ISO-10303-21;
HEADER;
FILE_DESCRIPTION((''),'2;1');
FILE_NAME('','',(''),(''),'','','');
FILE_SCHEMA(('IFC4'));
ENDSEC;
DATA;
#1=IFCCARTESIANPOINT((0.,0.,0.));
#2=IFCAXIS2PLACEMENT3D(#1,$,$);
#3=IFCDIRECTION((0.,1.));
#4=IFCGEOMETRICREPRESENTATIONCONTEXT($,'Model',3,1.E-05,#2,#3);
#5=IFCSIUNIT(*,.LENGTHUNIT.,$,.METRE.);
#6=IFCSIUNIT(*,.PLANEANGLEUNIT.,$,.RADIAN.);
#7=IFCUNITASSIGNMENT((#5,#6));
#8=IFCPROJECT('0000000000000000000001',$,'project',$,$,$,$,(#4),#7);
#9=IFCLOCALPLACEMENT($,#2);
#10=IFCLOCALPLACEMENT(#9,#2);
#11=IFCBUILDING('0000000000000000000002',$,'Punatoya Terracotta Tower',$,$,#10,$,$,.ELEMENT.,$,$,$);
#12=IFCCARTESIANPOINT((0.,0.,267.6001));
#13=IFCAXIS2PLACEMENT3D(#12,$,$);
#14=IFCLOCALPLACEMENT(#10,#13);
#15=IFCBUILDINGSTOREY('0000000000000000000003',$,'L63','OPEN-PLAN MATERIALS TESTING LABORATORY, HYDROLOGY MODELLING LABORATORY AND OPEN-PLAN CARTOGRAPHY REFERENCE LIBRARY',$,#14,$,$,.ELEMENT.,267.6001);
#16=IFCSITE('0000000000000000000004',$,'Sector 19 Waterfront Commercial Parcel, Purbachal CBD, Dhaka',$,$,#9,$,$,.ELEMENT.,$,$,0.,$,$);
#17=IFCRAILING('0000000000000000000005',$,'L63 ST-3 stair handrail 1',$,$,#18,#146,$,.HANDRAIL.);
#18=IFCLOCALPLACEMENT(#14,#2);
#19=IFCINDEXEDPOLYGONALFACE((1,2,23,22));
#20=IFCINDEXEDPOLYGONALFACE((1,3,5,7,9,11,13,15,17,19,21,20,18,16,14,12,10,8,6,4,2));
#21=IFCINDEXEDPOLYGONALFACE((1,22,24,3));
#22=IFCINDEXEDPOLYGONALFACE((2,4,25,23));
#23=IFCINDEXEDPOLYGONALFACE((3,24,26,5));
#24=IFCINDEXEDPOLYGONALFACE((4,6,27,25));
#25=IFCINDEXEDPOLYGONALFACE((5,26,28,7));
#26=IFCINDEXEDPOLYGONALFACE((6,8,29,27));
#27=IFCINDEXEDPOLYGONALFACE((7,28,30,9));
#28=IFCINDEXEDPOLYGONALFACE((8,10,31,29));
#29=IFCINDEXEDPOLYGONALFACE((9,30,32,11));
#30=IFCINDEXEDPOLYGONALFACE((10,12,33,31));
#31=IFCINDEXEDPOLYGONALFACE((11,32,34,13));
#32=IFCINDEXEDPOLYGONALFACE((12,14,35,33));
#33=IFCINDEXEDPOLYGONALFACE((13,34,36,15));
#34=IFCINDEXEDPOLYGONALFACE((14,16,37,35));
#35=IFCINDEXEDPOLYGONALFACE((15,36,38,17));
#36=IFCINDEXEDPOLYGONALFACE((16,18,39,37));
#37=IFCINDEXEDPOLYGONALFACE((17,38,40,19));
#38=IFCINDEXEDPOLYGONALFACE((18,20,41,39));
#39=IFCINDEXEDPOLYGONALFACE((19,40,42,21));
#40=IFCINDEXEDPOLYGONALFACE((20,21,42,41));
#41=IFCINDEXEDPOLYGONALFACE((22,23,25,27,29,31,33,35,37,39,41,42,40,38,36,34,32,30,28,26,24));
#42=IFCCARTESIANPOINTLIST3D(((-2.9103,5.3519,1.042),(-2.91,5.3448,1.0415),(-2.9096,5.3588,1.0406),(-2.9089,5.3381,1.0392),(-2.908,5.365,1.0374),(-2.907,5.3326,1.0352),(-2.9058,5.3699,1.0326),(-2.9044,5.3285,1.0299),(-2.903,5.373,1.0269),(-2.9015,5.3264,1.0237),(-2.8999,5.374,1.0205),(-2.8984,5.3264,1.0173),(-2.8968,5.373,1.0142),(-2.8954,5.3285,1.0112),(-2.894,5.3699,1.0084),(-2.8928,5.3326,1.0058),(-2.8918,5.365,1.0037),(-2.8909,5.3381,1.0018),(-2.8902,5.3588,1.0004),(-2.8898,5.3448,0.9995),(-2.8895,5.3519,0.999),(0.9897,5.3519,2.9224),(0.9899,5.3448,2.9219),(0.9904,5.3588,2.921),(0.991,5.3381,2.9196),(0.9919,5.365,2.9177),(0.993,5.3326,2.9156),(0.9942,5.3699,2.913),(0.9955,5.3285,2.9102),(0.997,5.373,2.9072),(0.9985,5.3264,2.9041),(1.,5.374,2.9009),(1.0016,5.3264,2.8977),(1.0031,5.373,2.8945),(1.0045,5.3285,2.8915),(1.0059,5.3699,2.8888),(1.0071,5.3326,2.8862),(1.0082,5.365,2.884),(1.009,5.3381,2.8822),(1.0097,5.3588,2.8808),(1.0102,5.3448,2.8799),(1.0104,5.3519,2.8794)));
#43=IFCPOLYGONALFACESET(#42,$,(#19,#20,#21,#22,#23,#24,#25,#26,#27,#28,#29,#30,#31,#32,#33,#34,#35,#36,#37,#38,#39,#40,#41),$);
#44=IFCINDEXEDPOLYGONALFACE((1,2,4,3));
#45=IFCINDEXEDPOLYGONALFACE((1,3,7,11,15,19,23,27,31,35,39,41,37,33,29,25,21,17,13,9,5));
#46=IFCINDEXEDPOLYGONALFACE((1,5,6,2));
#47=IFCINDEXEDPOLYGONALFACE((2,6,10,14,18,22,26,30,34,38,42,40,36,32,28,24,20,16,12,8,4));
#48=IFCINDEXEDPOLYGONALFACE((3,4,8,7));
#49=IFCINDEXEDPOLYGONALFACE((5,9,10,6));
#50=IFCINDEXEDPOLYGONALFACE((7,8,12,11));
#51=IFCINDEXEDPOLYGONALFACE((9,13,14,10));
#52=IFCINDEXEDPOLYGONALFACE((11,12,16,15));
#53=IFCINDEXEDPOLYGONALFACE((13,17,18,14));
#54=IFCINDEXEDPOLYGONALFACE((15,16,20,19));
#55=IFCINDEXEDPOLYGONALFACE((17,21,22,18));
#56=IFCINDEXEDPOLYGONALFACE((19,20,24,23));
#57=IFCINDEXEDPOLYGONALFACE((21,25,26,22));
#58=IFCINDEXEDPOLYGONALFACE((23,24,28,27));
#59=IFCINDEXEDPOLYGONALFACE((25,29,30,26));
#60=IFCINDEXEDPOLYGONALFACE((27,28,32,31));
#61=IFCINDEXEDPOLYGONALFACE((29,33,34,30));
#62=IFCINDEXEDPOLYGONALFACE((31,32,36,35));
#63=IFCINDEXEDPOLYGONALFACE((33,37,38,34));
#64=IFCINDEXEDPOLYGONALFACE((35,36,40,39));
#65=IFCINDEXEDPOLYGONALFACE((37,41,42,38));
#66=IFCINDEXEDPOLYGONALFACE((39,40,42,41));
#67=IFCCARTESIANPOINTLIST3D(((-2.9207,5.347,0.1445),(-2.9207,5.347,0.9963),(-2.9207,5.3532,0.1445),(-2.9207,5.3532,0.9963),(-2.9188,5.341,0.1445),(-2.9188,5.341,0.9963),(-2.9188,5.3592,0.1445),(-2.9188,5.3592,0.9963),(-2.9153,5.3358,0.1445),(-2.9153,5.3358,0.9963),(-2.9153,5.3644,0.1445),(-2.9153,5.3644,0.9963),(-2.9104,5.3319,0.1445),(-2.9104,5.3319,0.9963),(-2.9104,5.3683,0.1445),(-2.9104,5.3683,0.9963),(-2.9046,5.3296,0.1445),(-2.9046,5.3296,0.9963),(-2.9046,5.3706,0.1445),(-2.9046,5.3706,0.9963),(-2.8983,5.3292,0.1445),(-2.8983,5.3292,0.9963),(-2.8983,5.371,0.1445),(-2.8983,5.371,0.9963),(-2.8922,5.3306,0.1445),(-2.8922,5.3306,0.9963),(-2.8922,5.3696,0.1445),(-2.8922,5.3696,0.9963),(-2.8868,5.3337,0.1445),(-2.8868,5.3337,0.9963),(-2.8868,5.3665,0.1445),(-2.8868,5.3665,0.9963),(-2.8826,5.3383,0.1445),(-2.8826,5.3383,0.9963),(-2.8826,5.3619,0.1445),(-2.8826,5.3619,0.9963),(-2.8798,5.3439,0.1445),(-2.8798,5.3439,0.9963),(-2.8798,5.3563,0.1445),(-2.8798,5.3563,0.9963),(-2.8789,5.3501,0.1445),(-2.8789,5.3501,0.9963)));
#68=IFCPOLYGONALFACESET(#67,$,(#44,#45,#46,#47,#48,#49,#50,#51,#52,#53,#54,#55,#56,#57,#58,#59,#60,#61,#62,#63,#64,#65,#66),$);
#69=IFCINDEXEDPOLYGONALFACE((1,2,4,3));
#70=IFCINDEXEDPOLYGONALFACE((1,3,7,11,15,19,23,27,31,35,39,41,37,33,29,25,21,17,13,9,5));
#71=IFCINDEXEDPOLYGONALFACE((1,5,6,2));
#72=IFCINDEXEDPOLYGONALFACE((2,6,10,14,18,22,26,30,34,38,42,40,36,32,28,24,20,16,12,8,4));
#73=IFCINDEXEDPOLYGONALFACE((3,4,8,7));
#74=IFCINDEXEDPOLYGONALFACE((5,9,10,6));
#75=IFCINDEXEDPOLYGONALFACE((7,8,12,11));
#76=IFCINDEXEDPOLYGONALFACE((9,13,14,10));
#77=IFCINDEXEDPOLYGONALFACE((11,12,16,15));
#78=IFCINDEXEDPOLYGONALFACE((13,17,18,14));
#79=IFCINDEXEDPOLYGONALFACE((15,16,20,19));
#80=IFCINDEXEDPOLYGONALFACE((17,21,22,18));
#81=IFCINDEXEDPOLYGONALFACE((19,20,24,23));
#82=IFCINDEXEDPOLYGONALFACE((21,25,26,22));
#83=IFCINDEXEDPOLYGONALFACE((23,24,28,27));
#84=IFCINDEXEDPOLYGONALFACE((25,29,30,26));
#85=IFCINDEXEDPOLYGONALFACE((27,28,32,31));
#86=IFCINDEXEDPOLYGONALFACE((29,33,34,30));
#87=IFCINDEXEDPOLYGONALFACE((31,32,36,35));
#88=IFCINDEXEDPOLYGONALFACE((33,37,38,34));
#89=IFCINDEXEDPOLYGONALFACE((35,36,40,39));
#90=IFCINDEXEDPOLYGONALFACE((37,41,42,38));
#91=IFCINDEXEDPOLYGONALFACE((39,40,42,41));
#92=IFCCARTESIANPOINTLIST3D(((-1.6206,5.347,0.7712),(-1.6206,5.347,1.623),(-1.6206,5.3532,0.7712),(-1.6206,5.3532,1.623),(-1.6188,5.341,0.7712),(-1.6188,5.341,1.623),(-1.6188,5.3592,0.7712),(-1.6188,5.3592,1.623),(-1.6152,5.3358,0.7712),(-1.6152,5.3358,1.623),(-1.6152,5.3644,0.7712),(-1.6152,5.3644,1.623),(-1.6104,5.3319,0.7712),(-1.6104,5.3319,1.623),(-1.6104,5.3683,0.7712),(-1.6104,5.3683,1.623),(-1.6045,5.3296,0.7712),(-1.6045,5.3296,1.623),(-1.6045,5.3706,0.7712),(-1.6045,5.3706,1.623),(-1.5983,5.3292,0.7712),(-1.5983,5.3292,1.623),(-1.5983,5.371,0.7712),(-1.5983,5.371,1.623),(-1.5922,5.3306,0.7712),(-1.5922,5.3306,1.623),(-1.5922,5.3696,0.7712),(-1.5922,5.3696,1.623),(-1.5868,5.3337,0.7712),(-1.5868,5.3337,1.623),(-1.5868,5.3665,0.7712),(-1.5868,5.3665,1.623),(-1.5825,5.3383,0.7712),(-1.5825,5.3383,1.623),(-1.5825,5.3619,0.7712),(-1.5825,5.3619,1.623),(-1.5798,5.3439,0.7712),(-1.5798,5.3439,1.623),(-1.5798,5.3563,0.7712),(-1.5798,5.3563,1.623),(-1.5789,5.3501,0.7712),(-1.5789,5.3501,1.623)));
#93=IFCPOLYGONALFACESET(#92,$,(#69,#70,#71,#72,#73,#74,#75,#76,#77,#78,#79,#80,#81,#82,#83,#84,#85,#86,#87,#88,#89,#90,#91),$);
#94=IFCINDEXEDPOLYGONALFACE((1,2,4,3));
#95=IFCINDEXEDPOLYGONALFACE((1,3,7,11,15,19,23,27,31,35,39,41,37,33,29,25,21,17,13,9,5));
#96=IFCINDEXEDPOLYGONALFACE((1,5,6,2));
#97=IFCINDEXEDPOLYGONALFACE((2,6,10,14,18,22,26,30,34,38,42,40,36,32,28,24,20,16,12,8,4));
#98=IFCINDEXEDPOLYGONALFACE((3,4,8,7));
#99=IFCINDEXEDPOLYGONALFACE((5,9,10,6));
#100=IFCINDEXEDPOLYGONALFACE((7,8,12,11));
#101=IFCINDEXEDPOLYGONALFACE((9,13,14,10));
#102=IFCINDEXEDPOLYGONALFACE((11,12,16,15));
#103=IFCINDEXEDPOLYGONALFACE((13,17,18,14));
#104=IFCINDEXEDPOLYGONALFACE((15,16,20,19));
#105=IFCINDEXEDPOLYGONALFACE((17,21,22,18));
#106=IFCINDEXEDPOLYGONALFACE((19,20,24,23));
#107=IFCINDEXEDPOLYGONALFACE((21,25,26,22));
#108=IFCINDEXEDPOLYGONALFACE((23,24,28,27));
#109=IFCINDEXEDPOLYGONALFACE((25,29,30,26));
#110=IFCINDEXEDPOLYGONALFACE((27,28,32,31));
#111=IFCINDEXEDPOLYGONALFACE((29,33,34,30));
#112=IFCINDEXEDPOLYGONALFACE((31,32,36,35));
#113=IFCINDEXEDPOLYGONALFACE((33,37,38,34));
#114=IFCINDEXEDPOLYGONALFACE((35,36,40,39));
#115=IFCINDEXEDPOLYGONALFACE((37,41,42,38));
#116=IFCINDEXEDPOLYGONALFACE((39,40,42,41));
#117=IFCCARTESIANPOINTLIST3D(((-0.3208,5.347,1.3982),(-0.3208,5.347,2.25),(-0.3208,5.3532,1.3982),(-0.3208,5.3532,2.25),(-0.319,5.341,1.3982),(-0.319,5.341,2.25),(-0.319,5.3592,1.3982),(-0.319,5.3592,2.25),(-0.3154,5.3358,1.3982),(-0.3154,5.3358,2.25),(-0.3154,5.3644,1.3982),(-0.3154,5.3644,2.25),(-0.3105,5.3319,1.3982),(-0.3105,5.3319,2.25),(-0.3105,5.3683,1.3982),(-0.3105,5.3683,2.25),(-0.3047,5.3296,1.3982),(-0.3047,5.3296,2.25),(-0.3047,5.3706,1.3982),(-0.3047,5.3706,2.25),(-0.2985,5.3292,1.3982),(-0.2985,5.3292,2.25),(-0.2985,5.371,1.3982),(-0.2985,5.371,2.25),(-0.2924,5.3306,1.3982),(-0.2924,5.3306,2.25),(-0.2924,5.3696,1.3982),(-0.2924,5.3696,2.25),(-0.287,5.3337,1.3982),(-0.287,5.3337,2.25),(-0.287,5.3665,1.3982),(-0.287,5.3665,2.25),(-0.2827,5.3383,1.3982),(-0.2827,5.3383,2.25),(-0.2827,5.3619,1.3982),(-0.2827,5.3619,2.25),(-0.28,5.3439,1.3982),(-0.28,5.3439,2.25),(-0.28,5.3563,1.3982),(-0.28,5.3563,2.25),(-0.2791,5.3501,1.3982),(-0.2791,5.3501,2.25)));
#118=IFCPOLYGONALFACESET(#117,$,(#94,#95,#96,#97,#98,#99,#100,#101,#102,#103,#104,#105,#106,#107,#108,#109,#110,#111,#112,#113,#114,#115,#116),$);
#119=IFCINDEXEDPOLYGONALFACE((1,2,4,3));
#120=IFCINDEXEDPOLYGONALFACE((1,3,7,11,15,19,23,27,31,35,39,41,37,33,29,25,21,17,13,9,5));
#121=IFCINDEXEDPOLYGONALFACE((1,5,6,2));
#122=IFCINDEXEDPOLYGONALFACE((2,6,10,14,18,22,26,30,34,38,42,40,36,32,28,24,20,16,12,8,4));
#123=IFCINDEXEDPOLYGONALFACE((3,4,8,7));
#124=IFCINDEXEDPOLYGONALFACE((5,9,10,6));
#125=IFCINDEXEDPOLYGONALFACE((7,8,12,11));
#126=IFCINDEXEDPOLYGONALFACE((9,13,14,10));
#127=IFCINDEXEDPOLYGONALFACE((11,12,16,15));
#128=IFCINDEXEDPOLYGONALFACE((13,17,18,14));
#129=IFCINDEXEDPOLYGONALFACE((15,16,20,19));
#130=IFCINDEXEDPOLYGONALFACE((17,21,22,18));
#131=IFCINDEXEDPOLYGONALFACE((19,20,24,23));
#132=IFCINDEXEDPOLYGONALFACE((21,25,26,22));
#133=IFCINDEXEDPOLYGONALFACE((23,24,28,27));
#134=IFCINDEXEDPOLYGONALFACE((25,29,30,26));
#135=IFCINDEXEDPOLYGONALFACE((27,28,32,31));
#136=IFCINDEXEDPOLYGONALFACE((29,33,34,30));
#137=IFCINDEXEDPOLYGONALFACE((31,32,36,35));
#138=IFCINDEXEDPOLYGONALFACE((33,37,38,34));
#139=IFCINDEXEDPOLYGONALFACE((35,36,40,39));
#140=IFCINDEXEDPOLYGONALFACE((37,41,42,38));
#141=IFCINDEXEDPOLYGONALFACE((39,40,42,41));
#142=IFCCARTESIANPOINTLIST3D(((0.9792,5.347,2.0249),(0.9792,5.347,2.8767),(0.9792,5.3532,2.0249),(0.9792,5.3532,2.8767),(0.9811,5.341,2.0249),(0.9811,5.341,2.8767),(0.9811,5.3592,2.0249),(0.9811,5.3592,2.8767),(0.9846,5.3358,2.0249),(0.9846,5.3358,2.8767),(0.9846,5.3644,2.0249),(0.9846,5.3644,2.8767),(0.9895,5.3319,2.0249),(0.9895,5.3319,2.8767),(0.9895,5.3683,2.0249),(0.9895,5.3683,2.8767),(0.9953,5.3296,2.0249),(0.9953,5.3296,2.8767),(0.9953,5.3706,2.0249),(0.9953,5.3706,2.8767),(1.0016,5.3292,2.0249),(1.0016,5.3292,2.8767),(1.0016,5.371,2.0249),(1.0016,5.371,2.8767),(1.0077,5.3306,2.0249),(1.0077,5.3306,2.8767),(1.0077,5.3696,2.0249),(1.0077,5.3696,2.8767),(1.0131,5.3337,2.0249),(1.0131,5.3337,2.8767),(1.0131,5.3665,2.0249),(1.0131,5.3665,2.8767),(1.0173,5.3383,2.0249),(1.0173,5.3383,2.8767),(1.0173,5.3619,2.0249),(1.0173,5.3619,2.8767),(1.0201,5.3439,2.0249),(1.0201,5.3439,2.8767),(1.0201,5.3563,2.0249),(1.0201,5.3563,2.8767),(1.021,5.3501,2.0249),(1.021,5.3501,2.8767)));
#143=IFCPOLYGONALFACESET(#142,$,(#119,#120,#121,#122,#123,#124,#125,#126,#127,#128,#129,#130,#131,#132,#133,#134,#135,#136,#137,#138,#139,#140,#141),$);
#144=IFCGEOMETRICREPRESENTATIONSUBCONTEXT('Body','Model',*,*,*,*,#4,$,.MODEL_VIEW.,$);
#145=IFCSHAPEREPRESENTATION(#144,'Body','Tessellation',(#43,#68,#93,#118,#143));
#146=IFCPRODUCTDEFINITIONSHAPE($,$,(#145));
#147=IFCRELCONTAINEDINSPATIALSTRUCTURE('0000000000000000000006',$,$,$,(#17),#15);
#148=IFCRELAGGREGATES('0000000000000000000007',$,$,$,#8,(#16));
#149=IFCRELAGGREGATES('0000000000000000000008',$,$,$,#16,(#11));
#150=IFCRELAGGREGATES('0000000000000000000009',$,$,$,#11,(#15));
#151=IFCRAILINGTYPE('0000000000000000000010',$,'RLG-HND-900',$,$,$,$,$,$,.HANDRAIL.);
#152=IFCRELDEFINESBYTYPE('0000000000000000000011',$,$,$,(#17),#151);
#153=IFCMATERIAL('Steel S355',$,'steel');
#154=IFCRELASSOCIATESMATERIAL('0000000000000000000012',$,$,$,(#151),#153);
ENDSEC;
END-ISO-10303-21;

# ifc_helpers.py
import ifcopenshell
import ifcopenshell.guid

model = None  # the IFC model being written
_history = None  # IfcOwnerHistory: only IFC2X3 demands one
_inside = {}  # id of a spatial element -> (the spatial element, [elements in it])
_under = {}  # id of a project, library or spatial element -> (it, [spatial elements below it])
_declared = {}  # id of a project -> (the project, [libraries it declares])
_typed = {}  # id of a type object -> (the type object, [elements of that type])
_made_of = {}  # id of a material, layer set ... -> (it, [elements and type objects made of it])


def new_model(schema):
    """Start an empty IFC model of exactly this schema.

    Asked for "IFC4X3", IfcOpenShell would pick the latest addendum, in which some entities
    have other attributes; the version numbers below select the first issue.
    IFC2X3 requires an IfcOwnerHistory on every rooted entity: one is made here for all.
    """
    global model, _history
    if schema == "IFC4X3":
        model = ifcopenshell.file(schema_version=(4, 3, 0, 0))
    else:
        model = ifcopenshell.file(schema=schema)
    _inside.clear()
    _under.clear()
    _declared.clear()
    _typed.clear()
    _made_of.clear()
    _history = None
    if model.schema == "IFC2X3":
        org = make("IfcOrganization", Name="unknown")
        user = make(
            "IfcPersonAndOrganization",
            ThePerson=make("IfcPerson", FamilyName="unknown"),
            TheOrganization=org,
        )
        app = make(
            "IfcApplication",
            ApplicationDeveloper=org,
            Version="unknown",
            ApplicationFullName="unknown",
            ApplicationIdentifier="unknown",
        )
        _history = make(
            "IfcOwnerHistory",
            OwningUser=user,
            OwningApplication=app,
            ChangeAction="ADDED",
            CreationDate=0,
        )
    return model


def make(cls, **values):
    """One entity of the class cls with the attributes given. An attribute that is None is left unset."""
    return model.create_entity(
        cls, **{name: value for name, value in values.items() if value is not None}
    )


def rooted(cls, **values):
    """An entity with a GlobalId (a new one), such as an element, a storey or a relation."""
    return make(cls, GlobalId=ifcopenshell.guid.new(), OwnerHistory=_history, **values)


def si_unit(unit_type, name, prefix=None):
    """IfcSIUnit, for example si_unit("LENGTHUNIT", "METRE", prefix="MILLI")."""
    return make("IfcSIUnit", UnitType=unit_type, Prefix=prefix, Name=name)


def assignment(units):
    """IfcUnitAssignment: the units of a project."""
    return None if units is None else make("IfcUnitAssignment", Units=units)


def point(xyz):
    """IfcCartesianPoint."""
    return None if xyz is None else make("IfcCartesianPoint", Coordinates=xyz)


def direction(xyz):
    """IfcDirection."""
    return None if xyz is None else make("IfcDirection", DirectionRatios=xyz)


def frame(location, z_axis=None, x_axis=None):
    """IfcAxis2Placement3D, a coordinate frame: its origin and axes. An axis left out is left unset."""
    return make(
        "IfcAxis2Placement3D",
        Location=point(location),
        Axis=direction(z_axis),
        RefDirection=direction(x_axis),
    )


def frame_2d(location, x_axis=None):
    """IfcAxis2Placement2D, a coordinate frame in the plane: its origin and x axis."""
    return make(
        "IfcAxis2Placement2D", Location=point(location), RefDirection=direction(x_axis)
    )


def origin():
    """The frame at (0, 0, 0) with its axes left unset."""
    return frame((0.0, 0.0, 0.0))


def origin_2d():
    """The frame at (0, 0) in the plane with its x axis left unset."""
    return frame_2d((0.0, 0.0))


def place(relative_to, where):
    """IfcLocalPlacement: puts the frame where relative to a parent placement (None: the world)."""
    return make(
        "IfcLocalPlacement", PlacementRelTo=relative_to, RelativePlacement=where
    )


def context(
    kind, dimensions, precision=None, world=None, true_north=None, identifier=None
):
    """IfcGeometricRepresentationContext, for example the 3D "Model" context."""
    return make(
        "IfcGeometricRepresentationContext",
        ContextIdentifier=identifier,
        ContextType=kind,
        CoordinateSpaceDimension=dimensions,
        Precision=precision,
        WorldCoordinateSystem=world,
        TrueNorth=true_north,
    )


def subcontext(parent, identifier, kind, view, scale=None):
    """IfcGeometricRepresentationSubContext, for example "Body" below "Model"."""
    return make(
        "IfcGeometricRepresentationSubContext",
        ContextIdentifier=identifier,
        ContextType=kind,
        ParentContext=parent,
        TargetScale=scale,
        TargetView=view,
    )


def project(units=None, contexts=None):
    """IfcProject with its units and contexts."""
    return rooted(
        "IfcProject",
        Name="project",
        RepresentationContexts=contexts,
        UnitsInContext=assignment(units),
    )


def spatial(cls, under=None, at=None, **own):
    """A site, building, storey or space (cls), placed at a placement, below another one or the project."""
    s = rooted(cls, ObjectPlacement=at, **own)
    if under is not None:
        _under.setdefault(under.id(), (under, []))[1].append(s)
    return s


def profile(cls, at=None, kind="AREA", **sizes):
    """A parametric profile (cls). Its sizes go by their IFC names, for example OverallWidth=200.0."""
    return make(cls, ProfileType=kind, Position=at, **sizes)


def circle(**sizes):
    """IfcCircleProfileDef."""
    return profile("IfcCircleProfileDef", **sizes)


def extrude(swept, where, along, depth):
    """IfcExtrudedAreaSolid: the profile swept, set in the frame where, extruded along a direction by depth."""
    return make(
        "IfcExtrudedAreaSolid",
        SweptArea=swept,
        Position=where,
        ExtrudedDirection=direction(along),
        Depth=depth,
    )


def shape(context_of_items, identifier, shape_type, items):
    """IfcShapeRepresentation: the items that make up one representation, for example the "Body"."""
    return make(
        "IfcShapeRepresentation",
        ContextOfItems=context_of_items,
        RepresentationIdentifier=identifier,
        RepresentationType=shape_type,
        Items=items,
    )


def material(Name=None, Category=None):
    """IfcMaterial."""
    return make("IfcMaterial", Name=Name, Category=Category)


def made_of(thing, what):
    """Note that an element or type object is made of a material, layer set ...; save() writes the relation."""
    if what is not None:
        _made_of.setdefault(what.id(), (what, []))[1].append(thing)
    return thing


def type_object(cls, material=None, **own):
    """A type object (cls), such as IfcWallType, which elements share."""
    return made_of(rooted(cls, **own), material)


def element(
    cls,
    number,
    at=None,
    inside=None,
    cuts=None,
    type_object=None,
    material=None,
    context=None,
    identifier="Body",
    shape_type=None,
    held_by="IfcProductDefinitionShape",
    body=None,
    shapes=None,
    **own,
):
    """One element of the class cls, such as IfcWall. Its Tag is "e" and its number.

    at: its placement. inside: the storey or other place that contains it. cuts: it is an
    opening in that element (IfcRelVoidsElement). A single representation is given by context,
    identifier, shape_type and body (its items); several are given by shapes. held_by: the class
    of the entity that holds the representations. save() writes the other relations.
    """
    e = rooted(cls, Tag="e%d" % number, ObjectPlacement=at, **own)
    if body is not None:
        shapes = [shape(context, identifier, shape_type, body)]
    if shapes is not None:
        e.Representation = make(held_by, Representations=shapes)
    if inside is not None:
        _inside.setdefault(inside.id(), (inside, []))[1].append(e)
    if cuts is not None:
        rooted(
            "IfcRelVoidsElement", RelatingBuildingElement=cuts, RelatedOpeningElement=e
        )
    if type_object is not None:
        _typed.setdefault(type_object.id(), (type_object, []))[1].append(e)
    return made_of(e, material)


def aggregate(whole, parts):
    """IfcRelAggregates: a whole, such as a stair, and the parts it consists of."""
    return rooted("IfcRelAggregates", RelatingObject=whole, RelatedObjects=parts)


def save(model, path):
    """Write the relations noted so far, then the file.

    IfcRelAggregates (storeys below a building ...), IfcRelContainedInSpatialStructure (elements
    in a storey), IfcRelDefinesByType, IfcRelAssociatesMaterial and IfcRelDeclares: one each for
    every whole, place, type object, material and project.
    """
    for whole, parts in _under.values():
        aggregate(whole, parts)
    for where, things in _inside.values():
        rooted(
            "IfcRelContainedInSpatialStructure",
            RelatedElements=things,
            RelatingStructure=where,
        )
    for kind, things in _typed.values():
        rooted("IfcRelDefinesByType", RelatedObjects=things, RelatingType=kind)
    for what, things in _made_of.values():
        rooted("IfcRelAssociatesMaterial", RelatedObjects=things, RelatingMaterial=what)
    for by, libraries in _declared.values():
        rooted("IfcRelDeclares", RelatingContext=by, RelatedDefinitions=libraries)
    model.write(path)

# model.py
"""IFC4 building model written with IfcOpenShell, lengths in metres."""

from ifc_helpers import new_model, si_unit, direction, frame, origin, origin_2d, place, context, subcontext, project, spatial, circle, extrude, material, type_object, element, save


model = new_model("IFC4")

# Units and contexts
model_context = context("Model", 3, precision=1e-05, world=origin(), true_north=direction((0.0, 1.0)))
body_context = subcontext(model_context, "Body", "Model", "MODEL_VIEW")
ifc_project = project(units=[si_unit("LENGTHUNIT", "METRE"), si_unit("PLANEANGLEUNIT", "RADIAN")], contexts=[model_context])

# Site, building, storey
site_placement = place(None, origin())
site = spatial("IfcSite", under=ifc_project, at=site_placement, Name="Sector 19 Waterfront Commercial Parcel, Purbachal CBD, Dhaka", CompositionType="ELEMENT", RefElevation=0.0)
building_placement = place(site_placement, origin())
building = spatial("IfcBuilding", under=site, at=building_placement, Name="Punatoya Terracotta Tower", CompositionType="ELEMENT")
storey_placement = place(building_placement, frame((0.0, 0.0, 267.6001)))
storey = spatial("IfcBuildingStorey", under=building, at=storey_placement, Name="L63", Description="OPEN-PLAN MATERIALS TESTING LABORATORY, HYDROLOGY MODELLING LABORATORY AND OPEN-PLAN CARTOGRAPHY REFERENCE LIBRARY", CompositionType="ELEMENT", Elevation=267.6001)

# Shared definitions
ifc_material_1 = material(Name="Steel S355", Category="steel")

# Railing
railing_type_1 = type_object("IfcRailingType", Name="RLG-HND-900", PredefinedType="HANDRAIL", material=ifc_material_1)
railing_1_placement = place(storey_placement, frame((-2.8999, 5.3501, 0.1445)))
element("IfcRailing", 1, at=railing_1_placement, inside=storey, type_object=railing_type_1, Name="L63 ST-3 stair handrail 1", PredefinedType="HANDRAIL", context=body_context, shape_type="SweptSolid", body=[
    extrude(circle(Radius=0.0239, at=origin_2d()), frame((0.0, 0.0, 0.876), z_axis=(0.900763, 0.0, 0.434311), x_axis=(0.0, 1.0, 0.0)), (0.0, 0.0, 1.0), 4.3296),
    extrude(circle(Radius=0.021, at=origin_2d()), origin(), (0.0, 0.0, 1.0), 0.8518),
    extrude(circle(Radius=0.021, at=origin_2d()), frame((1.3, 0.0, 0.6267)), (0.0, 0.0, 1.0), 0.8518),
    extrude(circle(Radius=0.021, at=origin_2d()), frame((2.5999, 0.0, 1.2537)), (0.0, 0.0, 1.0), 0.8518),
    extrude(circle(Radius=0.021, at=origin_2d()), frame((3.8999, 0.0, 1.8804)), (0.0, 0.0, 1.0), 0.8518),
])

save(model, "model.ifc")
